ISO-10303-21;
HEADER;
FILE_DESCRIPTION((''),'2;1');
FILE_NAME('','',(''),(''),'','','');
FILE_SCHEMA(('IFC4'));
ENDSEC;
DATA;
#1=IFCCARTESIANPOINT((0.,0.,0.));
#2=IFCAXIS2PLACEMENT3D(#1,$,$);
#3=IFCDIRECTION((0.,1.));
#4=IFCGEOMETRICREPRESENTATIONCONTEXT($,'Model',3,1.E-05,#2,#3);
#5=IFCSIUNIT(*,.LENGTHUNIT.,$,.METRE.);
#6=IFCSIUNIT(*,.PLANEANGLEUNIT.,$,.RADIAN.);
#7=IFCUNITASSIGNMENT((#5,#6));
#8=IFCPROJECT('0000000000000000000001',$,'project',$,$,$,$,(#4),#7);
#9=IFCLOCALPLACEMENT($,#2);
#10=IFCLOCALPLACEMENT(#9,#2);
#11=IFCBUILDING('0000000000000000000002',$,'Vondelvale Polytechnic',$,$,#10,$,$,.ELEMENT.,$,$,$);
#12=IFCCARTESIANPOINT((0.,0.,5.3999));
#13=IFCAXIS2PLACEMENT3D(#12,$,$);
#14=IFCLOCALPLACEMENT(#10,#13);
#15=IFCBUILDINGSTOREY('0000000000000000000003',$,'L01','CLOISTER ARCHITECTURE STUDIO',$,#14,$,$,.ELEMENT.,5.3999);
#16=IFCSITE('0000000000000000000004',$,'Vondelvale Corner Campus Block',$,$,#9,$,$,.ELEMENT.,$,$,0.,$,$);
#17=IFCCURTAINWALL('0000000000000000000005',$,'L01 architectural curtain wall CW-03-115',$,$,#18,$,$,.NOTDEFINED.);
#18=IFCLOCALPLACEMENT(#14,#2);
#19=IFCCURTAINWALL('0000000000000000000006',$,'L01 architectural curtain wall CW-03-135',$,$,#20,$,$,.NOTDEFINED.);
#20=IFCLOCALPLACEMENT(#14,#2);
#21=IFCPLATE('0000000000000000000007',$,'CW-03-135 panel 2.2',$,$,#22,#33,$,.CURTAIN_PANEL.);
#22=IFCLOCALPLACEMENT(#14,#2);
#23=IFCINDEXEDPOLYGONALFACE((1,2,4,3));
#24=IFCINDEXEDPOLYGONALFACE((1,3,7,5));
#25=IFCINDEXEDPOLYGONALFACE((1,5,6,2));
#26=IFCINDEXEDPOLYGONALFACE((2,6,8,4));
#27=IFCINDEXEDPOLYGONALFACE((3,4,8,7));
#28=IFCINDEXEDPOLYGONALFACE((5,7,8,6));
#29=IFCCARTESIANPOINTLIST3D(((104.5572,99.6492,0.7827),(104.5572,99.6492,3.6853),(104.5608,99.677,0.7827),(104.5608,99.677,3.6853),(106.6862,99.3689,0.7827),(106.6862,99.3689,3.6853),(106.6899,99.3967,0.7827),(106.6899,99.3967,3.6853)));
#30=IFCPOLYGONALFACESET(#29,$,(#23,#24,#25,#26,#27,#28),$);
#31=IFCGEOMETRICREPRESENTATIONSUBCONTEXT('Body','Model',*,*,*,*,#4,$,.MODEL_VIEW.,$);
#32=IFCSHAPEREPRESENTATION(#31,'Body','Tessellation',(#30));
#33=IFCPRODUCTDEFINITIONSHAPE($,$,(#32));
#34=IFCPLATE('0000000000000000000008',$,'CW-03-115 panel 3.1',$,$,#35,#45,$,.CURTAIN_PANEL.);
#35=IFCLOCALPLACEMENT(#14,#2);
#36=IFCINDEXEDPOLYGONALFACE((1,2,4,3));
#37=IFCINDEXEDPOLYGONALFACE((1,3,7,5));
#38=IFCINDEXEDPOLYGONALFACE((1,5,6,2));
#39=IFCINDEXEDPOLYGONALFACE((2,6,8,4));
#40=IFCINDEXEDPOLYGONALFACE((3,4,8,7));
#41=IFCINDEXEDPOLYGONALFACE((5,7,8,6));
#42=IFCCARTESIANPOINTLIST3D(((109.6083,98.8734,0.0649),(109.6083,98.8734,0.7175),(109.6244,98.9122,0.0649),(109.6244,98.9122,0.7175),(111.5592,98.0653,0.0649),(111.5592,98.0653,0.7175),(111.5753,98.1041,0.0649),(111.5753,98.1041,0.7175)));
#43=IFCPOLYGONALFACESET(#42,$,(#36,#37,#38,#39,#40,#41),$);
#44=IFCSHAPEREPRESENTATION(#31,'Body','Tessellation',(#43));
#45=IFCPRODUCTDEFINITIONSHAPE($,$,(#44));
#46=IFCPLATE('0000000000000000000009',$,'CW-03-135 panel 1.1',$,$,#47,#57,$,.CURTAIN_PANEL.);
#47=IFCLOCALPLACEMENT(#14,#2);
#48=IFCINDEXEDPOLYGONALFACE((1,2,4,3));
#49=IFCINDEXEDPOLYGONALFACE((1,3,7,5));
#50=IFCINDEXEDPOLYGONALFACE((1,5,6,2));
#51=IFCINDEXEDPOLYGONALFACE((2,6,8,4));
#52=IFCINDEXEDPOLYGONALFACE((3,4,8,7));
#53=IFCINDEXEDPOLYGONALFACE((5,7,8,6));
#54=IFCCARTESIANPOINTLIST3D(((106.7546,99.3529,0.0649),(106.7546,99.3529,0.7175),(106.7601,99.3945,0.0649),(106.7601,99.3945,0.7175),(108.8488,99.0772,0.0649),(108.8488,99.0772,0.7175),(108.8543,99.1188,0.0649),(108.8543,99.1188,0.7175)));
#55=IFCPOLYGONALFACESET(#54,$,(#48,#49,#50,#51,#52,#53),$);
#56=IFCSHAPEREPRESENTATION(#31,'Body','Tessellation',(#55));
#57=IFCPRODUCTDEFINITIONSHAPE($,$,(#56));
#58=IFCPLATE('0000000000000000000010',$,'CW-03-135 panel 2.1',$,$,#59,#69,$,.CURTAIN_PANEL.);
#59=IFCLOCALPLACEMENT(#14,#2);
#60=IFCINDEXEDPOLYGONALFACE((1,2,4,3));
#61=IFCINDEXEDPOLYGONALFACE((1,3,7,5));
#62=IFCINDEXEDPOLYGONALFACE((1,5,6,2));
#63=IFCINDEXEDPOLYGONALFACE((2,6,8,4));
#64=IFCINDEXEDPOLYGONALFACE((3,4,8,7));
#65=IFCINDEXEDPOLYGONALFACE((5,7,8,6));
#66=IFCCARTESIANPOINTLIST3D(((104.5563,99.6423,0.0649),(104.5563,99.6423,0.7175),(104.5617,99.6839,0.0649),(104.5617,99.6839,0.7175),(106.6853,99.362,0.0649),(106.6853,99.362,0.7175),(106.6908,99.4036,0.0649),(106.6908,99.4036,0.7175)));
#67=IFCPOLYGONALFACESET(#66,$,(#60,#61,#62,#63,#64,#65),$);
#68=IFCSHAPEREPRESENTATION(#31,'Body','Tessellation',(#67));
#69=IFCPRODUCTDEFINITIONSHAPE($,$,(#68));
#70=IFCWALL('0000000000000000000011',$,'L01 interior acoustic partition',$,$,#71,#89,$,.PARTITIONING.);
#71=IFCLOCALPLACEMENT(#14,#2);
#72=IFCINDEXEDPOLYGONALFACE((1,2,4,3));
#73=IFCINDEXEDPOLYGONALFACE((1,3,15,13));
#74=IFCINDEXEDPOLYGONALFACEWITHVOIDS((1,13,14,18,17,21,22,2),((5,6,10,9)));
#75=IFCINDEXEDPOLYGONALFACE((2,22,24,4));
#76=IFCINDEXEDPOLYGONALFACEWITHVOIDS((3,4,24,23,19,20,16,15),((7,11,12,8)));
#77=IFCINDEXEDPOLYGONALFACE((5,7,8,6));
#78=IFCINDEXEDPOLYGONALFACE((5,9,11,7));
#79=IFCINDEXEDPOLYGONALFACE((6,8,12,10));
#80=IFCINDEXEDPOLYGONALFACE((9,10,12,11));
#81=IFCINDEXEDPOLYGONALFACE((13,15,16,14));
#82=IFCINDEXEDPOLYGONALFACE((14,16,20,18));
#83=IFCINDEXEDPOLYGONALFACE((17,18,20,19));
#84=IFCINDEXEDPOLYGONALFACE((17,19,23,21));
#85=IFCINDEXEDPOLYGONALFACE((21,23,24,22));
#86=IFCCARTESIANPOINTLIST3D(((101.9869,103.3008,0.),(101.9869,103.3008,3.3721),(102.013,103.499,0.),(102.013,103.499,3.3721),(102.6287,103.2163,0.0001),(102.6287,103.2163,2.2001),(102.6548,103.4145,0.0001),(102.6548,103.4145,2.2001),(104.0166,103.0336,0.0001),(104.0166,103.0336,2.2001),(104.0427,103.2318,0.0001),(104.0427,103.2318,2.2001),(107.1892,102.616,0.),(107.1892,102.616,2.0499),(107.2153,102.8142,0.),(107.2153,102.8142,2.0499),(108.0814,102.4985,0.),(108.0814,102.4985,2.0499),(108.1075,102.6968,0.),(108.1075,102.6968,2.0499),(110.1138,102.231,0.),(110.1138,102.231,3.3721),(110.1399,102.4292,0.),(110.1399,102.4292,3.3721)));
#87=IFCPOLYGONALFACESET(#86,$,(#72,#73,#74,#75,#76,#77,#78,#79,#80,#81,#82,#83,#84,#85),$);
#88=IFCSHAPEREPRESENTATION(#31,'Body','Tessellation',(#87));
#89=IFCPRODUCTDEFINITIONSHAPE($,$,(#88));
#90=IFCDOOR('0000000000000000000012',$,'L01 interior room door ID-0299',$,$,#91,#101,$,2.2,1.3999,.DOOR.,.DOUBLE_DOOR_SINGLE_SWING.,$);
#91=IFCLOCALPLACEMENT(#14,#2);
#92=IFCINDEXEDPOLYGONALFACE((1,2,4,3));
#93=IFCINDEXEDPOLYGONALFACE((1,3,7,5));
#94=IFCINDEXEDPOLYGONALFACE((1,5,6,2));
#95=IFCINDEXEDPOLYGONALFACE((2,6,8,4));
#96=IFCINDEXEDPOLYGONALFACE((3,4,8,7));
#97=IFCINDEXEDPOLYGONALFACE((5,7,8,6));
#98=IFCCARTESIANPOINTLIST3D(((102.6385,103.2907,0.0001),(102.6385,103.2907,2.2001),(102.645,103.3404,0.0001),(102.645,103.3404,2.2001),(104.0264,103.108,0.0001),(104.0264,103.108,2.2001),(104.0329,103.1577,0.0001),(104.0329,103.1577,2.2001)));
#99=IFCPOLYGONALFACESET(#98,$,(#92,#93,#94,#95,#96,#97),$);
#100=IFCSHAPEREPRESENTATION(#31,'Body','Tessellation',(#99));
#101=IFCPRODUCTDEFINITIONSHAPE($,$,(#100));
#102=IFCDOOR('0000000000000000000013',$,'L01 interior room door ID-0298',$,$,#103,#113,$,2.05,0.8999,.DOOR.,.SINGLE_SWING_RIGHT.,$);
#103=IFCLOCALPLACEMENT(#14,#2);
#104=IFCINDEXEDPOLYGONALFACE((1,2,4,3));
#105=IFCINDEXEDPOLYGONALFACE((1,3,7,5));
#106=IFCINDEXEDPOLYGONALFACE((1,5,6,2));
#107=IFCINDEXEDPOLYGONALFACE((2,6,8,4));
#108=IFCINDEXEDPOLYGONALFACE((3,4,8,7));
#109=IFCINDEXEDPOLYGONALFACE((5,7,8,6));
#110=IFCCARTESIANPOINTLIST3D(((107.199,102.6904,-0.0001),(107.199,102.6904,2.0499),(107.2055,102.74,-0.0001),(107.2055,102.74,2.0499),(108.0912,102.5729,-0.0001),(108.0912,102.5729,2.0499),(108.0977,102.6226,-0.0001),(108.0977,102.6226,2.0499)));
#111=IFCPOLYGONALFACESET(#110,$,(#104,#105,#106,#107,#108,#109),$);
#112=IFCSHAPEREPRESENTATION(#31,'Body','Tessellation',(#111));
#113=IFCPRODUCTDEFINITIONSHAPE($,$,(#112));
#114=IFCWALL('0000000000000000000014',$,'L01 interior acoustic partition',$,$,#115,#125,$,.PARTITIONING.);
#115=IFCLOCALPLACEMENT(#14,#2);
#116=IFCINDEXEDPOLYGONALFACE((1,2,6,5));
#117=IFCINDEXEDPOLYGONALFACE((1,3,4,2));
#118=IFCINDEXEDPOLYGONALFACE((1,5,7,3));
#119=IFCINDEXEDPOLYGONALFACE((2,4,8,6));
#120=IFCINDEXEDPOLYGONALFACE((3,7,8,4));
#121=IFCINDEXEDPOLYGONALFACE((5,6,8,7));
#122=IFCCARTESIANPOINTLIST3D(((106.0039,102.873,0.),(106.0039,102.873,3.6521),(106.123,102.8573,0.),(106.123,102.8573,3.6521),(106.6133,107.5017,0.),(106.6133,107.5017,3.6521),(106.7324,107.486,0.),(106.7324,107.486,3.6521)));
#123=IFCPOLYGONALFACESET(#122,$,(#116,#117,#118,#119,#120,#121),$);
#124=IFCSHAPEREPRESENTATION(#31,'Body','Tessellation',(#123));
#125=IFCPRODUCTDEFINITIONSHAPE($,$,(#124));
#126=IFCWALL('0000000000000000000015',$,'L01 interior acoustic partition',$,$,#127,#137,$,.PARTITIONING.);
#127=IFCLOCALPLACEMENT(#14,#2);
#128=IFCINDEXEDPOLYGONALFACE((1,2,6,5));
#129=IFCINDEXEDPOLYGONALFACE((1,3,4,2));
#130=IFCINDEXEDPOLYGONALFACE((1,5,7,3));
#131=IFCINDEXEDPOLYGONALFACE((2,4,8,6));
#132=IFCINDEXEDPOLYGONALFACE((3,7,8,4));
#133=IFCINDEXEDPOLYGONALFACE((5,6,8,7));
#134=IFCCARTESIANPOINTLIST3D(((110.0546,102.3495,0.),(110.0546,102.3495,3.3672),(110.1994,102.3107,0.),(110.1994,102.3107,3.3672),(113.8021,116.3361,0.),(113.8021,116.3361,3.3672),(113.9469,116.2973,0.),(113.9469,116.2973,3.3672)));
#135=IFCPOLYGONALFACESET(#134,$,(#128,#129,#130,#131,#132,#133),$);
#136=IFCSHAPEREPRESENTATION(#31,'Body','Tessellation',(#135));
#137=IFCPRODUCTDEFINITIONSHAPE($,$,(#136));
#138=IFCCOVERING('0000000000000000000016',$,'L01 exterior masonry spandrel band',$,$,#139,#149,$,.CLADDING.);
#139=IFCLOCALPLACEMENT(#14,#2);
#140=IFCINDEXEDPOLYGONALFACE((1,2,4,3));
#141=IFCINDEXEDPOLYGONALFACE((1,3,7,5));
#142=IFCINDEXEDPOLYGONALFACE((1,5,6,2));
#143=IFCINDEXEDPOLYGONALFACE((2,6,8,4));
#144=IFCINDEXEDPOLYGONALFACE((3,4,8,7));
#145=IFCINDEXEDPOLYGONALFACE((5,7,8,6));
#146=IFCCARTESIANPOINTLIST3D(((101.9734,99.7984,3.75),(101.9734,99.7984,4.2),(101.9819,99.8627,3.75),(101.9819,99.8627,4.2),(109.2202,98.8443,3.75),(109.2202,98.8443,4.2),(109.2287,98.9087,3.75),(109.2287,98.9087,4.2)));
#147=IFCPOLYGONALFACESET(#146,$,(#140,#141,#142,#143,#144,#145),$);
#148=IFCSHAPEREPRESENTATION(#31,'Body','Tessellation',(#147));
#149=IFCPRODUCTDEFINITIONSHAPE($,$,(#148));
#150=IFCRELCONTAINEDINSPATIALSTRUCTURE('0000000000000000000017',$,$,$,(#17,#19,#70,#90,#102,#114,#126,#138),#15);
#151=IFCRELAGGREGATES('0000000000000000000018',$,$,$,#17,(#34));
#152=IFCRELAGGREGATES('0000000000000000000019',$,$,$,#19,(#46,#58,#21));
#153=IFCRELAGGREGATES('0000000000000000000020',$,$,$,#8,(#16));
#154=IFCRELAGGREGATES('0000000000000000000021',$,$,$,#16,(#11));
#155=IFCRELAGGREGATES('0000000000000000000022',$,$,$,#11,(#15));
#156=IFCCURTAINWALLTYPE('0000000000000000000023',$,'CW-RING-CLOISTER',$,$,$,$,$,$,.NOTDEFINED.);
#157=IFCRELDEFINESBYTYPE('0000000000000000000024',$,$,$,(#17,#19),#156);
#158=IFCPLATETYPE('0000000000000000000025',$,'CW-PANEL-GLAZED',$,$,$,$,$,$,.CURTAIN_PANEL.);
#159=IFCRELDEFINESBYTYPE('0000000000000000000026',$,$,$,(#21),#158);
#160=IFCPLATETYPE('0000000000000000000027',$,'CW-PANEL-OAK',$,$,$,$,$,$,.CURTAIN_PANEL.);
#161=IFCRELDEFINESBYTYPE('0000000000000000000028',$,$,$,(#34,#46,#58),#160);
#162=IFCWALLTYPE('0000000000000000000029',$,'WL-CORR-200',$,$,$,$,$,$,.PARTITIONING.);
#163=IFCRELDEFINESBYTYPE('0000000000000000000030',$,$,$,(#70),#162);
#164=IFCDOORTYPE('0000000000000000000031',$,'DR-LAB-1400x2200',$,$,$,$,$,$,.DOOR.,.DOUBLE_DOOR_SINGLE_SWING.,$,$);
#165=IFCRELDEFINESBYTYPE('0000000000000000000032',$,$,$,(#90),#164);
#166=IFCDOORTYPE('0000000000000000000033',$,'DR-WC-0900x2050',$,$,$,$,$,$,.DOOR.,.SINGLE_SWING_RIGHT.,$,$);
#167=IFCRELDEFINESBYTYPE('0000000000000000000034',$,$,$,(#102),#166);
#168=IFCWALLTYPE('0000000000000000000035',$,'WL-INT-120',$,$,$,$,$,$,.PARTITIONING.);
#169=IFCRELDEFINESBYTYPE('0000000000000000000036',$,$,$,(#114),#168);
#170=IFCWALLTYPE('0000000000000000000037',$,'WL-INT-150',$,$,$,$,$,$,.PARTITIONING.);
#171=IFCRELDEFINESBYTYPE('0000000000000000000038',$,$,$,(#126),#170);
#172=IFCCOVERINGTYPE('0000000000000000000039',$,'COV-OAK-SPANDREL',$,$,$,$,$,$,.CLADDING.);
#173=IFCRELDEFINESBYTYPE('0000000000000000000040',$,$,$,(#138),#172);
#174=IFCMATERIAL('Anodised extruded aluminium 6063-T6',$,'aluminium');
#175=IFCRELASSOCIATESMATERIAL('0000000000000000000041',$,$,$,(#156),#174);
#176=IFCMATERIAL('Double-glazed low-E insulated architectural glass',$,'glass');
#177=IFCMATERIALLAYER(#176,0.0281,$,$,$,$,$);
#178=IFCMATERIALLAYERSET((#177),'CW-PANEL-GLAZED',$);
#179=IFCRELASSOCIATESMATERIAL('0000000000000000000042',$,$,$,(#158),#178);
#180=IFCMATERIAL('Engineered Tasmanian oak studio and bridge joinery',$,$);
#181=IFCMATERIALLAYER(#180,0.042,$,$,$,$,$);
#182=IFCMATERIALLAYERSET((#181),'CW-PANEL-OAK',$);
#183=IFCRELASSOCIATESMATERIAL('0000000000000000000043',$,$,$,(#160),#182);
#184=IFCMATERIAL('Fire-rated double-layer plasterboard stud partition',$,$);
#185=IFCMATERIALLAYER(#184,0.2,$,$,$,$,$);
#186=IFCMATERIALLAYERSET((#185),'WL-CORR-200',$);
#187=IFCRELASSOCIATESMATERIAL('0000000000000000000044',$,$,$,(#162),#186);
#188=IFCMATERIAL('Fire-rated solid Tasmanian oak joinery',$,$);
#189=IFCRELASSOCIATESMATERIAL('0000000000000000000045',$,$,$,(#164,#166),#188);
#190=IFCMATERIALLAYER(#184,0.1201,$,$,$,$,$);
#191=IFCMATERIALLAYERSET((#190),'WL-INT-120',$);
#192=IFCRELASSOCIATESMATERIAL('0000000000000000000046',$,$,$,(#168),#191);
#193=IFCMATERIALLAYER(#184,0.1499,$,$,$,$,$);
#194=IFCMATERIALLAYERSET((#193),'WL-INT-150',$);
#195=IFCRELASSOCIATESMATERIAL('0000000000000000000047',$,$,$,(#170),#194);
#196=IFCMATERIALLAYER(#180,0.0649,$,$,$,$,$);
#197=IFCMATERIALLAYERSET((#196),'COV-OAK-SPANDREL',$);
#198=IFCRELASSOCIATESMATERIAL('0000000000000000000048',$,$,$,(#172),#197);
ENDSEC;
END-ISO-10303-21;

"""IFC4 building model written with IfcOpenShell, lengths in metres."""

from ifc_helpers import new_model, si_unit, direction, frame, frame_2d, origin, origin_2d, place, context, subcontext, project, spatial, rectangle, extrude, material, layer, layer_set, type_object, element, fill, aggregate, save


model = new_model("IFC4")

# Units and contexts
model_context = context("Model", 3, precision=1e-05, world=origin(), true_north=direction((0.0, 1.0)))
body_context = subcontext(model_context, "Body", "Model", "MODEL_VIEW")
ifc_project = project(units=[si_unit("LENGTHUNIT", "METRE"), si_unit("PLANEANGLEUNIT", "RADIAN")], contexts=[model_context])

# Site, building, storey
site_placement = place(None, origin())
site = spatial("IfcSite", under=ifc_project, at=site_placement, Name="Vondelvale Corner Campus Block", CompositionType="ELEMENT", RefElevation=0.0)
building_placement = place(site_placement, origin())
building = spatial("IfcBuilding", under=site, at=building_placement, Name="Vondelvale Polytechnic", CompositionType="ELEMENT")
storey_placement = place(building_placement, frame((0.0, 0.0, 5.3999)))
storey = spatial("IfcBuildingStorey", under=building, at=storey_placement, Name="L01", Description="CLOISTER ARCHITECTURE STUDIO", CompositionType="ELEMENT", Elevation=5.3999)

# Curtain wall
ifc_material_1 = material(Name="Anodised extruded aluminium 6063-T6", Category="aluminium")
curtain_wall_type = type_object("IfcCurtainWallType", Name="CW-RING-CLOISTER", PredefinedType="NOTDEFINED", material=ifc_material_1)
curtain_wall_1_placement = place(storey_placement, origin())
curtain_wall_1 = element("IfcCurtainWall", 1, at=curtain_wall_1_placement, inside=storey, type_object=curtain_wall_type, Name="L01 architectural curtain wall CW-03-115", PredefinedType="NOTDEFINED")

# Curtain wall
curtain_wall_2_placement = place(storey_placement, origin())
curtain_wall_2 = element("IfcCurtainWall", 2, at=curtain_wall_2_placement, inside=storey, type_object=curtain_wall_type, Name="L01 architectural curtain wall CW-03-135", PredefinedType="NOTDEFINED")

# Plates
ifc_material_2 = material(Name="Double-glazed low-E insulated architectural glass", Category="glass")
ifc_layer_1 = layer(ifc_material_2, 0.0281)
ifc_layer_set_1 = layer_set([ifc_layer_1], Name="CW-PANEL-GLAZED")
plate_type_1 = type_object("IfcPlateType", Name="CW-PANEL-GLAZED", PredefinedType="CURTAIN_PANEL", material=ifc_layer_set_1)
plate_1_placement = place(storey_placement, frame((105.6235, 99.5229, 0.7827), z_axis=(0.0, 0.0, 1.0), x_axis=(-0.991445, 0.130528, 0.0)))
plate_1 = element("IfcPlate", 3, at=plate_1_placement, type_object=plate_type_1, Name="CW-03-135 panel 2.2", PredefinedType="CURTAIN_PANEL", context=body_context, shape_type="SweptSolid", body=[
    extrude(rectangle(XDim=2.1475, YDim=0.0281, at=origin_2d()), origin(), (0.0, 0.0, 1.0), 2.9026),
])
ifc_material_3 = material(Name="Engineered Tasmanian oak studio and bridge joinery")
ifc_layer_2 = layer(ifc_material_3, 0.042)
ifc_layer_set_2 = layer_set([ifc_layer_2], Name="CW-PANEL-OAK")
plate_type_2 = type_object("IfcPlateType", Name="CW-PANEL-OAK", PredefinedType="CURTAIN_PANEL", material=ifc_layer_set_2)
plate_2_placement = place(storey_placement, frame((110.5918, 98.4888, 0.0649), z_axis=(0.0, 0.0, 1.0), x_axis=(-0.923882, 0.382679, 0.0)))
plate_2 = element("IfcPlate", 4, at=plate_2_placement, type_object=plate_type_2, Name="CW-03-115 panel 3.1", PredefinedType="CURTAIN_PANEL", context=body_context, shape_type="SweptSolid", body=[
    extrude(rectangle(XDim=2.1116, YDim=0.042, at=origin_2d()), origin(), (0.0, 0.0, 1.0), 0.6526),
])
aggregate(curtain_wall_1, [plate_2])
plate_3_placement = place(storey_placement, frame((107.8044, 99.2358, 0.0649), z_axis=(0.0, 0.0, 1.0), x_axis=(-0.991445, 0.130528, 0.0)))
plate_3 = element("IfcPlate", 5, at=plate_3_placement, type_object=plate_type_2, Name="CW-03-135 panel 1.1", PredefinedType="CURTAIN_PANEL", context=body_context, shape_type="SweptSolid", body=[
    extrude(rectangle(XDim=2.1123, YDim=0.042, at=origin_2d()), origin(), (0.0, 0.0, 1.0), 0.6526),
])
plate_4_placement = place(storey_placement, frame((105.6235, 99.5229, 0.0649), z_axis=(0.0, 0.0, 1.0), x_axis=(-0.991445, 0.130528, 0.0)))
plate_4 = element("IfcPlate", 6, at=plate_4_placement, type_object=plate_type_2, Name="CW-03-135 panel 2.1", PredefinedType="CURTAIN_PANEL", context=body_context, shape_type="SweptSolid", body=[
    extrude(rectangle(XDim=2.1475, YDim=0.042, at=origin_2d()), origin(), (0.0, 0.0, 1.0), 0.6526),
])
aggregate(curtain_wall_2, [plate_3, plate_4, plate_1])

# Wall, openings, doors
ifc_material_4 = material(Name="Fire-rated double-layer plasterboard stud partition")
ifc_layer_3 = layer(ifc_material_4, 0.2)
ifc_layer_set_3 = layer_set([ifc_layer_3], Name="WL-CORR-200")
wall_type_1 = type_object("IfcWallType", Name="WL-CORR-200", PredefinedType="PARTITIONING", material=ifc_layer_set_3)
wall_1_placement = place(storey_placement, frame((110.127, 102.3301, 0.0), z_axis=(0.0, 0.0, 1.0), x_axis=(-0.991447, 0.130513, 0.0)))
wall_1 = element("IfcWall", 7, at=wall_1_placement, inside=storey, type_object=wall_type_1, Name="L01 interior acoustic partition", PredefinedType="PARTITIONING", context=body_context, shape_type="SweptSolid", body=[
    extrude(rectangle(XDim=8.197, YDim=0.2, at=frame_2d((4.0986, 0.0))), origin(), (0.0, 0.0, 1.0), 3.3721),
])
opening_1_placement = place(wall_1_placement, frame((2.05, 0.0, 0.0)))
opening_1 = element("IfcOpeningElement", 8, at=opening_1_placement, cuts=wall_1, PredefinedType="OPENING", context=body_context, shape_type="SweptSolid", body=[
    extrude(rectangle(XDim=0.8999, YDim=2.05, at=frame_2d((0.45, 1.0249))), frame((0.0, 0.1099, 0.0), z_axis=(0.0, -1.0, 0.0), x_axis=(1.0, 0.0, 0.0)), (0.0, 0.0, 1.0), 0.22),
])
opening_2_placement = place(wall_1_placement, frame((6.1499, 0.0, 0.0)))
opening_2 = element("IfcOpeningElement", 9, at=opening_2_placement, cuts=wall_1, PredefinedType="OPENING", context=body_context, shape_type="SweptSolid", body=[
    extrude(rectangle(XDim=1.3999, YDim=2.2, at=frame_2d((0.7, 1.1001))), frame((0.0, 0.1099, 0.0), z_axis=(0.0, -1.0, 0.0), x_axis=(1.0, 0.0, 0.0)), (0.0, 0.0, 1.0), 0.22),
])
ifc_material_5 = material(Name="Fire-rated solid Tasmanian oak joinery")
door_type_1 = type_object("IfcDoorType", Name="DR-LAB-1400x2200", OperationType="DOUBLE_DOOR_SINGLE_SWING", PredefinedType="DOOR", material=ifc_material_5)
door_1_placement = place(opening_2_placement, origin())
door_1 = element("IfcDoor", 10, at=door_1_placement, inside=storey, type_object=door_type_1, Name="L01 interior room door ID-0299", OperationType="DOUBLE_DOOR_SINGLE_SWING", OverallHeight=2.2, OverallWidth=1.3999, PredefinedType="DOOR", context=body_context, shape_type="SweptSolid", body=[
    extrude(rectangle(XDim=1.3999, YDim=2.2, at=frame_2d((0.7, 1.1001))), frame((0.0, 0.0249, 0.0), z_axis=(0.0, -1.0, 0.0), x_axis=(1.0, 0.0, 0.0)), (0.0, 0.0, 1.0), 0.05),
])
fill(opening_2, door_1)
door_type_2 = type_object("IfcDoorType", Name="DR-WC-0900x2050", OperationType="SINGLE_SWING_RIGHT", PredefinedType="DOOR", material=ifc_material_5)
door_2_placement = place(opening_1_placement, origin())
door_2 = element("IfcDoor", 11, at=door_2_placement, inside=storey, type_object=door_type_2, Name="L01 interior room door ID-0298", OperationType="SINGLE_SWING_RIGHT", OverallHeight=2.05, OverallWidth=0.8999, PredefinedType="DOOR", context=body_context, shape_type="SweptSolid", body=[
    extrude(rectangle(XDim=0.8999, YDim=2.05, at=frame_2d((0.45, 1.0249))), frame((0.0, 0.0249, 0.0), z_axis=(0.0, -1.0, 0.0), x_axis=(1.0, 0.0, 0.0)), (0.0, 0.0, 1.0), 0.05),
])
fill(opening_1, door_2)

# Walls
ifc_layer_4 = layer(ifc_material_4, 0.1201)
ifc_layer_set_4 = layer_set([ifc_layer_4], Name="WL-INT-120")
wall_type_2 = type_object("IfcWallType", Name="WL-INT-120", PredefinedType="PARTITIONING", material=ifc_layer_set_4)
wall_2_placement = place(storey_placement, frame((106.0635, 102.865, 0.0), z_axis=(0.0, 0.0, 1.0), x_axis=(0.130526, 0.991445, 0.0)))
element("IfcWall", 12, at=wall_2_placement, inside=storey, type_object=wall_type_2, Name="L01 interior acoustic partition", PredefinedType="PARTITIONING", context=body_context, shape_type="SweptSolid", body=[
    extrude(rectangle(XDim=4.6687, YDim=0.1201, at=frame_2d((2.3345, 0.0))), origin(), (0.0, 0.0, 1.0), 3.6521),
])
ifc_layer_5 = layer(ifc_material_4, 0.1499)
ifc_layer_set_5 = layer_set([ifc_layer_5], Name="WL-INT-150")
wall_type_3 = type_object("IfcWallType", Name="WL-INT-150", PredefinedType="PARTITIONING", material=ifc_layer_set_5)
wall_3_placement = place(storey_placement, frame((110.127, 102.3301, 0.0), z_axis=(0.0, 0.0, 1.0), x_axis=(0.258811, 0.965928, 0.0)))
element("IfcWall", 13, at=wall_3_placement, inside=storey, type_object=wall_type_3, Name="L01 interior acoustic partition", PredefinedType="PARTITIONING", context=body_context, shape_type="SweptSolid", body=[
    extrude(rectangle(XDim=14.48, YDim=0.1499, at=frame_2d((7.24, 0.0))), origin(), (0.0, 0.0, 1.0), 3.3672),
])

# Covering
ifc_layer_6 = layer(ifc_material_3, 0.0649)
ifc_layer_set_6 = layer_set([ifc_layer_6], Name="COV-OAK-SPANDREL")
covering_type = type_object("IfcCoveringType", Name="COV-OAK-SPANDREL", PredefinedType="CLADDING", material=ifc_layer_set_6)
covering_placement = place(storey_placement, frame((105.6011, 99.3535, 3.75), z_axis=(0.0, 0.0, 1.0), x_axis=(-0.991445, 0.130526, 0.0)))
element("IfcCovering", 14, at=covering_placement, inside=storey, type_object=covering_type, Name="L01 exterior masonry spandrel band", PredefinedType="CLADDING", context=body_context, shape_type="SweptSolid", body=[
    extrude(rectangle(XDim=7.3093, YDim=0.0649, at=origin_2d()), origin(), (0.0, 0.0, 1.0), 0.45),
])

save(model, "model.ifc")
